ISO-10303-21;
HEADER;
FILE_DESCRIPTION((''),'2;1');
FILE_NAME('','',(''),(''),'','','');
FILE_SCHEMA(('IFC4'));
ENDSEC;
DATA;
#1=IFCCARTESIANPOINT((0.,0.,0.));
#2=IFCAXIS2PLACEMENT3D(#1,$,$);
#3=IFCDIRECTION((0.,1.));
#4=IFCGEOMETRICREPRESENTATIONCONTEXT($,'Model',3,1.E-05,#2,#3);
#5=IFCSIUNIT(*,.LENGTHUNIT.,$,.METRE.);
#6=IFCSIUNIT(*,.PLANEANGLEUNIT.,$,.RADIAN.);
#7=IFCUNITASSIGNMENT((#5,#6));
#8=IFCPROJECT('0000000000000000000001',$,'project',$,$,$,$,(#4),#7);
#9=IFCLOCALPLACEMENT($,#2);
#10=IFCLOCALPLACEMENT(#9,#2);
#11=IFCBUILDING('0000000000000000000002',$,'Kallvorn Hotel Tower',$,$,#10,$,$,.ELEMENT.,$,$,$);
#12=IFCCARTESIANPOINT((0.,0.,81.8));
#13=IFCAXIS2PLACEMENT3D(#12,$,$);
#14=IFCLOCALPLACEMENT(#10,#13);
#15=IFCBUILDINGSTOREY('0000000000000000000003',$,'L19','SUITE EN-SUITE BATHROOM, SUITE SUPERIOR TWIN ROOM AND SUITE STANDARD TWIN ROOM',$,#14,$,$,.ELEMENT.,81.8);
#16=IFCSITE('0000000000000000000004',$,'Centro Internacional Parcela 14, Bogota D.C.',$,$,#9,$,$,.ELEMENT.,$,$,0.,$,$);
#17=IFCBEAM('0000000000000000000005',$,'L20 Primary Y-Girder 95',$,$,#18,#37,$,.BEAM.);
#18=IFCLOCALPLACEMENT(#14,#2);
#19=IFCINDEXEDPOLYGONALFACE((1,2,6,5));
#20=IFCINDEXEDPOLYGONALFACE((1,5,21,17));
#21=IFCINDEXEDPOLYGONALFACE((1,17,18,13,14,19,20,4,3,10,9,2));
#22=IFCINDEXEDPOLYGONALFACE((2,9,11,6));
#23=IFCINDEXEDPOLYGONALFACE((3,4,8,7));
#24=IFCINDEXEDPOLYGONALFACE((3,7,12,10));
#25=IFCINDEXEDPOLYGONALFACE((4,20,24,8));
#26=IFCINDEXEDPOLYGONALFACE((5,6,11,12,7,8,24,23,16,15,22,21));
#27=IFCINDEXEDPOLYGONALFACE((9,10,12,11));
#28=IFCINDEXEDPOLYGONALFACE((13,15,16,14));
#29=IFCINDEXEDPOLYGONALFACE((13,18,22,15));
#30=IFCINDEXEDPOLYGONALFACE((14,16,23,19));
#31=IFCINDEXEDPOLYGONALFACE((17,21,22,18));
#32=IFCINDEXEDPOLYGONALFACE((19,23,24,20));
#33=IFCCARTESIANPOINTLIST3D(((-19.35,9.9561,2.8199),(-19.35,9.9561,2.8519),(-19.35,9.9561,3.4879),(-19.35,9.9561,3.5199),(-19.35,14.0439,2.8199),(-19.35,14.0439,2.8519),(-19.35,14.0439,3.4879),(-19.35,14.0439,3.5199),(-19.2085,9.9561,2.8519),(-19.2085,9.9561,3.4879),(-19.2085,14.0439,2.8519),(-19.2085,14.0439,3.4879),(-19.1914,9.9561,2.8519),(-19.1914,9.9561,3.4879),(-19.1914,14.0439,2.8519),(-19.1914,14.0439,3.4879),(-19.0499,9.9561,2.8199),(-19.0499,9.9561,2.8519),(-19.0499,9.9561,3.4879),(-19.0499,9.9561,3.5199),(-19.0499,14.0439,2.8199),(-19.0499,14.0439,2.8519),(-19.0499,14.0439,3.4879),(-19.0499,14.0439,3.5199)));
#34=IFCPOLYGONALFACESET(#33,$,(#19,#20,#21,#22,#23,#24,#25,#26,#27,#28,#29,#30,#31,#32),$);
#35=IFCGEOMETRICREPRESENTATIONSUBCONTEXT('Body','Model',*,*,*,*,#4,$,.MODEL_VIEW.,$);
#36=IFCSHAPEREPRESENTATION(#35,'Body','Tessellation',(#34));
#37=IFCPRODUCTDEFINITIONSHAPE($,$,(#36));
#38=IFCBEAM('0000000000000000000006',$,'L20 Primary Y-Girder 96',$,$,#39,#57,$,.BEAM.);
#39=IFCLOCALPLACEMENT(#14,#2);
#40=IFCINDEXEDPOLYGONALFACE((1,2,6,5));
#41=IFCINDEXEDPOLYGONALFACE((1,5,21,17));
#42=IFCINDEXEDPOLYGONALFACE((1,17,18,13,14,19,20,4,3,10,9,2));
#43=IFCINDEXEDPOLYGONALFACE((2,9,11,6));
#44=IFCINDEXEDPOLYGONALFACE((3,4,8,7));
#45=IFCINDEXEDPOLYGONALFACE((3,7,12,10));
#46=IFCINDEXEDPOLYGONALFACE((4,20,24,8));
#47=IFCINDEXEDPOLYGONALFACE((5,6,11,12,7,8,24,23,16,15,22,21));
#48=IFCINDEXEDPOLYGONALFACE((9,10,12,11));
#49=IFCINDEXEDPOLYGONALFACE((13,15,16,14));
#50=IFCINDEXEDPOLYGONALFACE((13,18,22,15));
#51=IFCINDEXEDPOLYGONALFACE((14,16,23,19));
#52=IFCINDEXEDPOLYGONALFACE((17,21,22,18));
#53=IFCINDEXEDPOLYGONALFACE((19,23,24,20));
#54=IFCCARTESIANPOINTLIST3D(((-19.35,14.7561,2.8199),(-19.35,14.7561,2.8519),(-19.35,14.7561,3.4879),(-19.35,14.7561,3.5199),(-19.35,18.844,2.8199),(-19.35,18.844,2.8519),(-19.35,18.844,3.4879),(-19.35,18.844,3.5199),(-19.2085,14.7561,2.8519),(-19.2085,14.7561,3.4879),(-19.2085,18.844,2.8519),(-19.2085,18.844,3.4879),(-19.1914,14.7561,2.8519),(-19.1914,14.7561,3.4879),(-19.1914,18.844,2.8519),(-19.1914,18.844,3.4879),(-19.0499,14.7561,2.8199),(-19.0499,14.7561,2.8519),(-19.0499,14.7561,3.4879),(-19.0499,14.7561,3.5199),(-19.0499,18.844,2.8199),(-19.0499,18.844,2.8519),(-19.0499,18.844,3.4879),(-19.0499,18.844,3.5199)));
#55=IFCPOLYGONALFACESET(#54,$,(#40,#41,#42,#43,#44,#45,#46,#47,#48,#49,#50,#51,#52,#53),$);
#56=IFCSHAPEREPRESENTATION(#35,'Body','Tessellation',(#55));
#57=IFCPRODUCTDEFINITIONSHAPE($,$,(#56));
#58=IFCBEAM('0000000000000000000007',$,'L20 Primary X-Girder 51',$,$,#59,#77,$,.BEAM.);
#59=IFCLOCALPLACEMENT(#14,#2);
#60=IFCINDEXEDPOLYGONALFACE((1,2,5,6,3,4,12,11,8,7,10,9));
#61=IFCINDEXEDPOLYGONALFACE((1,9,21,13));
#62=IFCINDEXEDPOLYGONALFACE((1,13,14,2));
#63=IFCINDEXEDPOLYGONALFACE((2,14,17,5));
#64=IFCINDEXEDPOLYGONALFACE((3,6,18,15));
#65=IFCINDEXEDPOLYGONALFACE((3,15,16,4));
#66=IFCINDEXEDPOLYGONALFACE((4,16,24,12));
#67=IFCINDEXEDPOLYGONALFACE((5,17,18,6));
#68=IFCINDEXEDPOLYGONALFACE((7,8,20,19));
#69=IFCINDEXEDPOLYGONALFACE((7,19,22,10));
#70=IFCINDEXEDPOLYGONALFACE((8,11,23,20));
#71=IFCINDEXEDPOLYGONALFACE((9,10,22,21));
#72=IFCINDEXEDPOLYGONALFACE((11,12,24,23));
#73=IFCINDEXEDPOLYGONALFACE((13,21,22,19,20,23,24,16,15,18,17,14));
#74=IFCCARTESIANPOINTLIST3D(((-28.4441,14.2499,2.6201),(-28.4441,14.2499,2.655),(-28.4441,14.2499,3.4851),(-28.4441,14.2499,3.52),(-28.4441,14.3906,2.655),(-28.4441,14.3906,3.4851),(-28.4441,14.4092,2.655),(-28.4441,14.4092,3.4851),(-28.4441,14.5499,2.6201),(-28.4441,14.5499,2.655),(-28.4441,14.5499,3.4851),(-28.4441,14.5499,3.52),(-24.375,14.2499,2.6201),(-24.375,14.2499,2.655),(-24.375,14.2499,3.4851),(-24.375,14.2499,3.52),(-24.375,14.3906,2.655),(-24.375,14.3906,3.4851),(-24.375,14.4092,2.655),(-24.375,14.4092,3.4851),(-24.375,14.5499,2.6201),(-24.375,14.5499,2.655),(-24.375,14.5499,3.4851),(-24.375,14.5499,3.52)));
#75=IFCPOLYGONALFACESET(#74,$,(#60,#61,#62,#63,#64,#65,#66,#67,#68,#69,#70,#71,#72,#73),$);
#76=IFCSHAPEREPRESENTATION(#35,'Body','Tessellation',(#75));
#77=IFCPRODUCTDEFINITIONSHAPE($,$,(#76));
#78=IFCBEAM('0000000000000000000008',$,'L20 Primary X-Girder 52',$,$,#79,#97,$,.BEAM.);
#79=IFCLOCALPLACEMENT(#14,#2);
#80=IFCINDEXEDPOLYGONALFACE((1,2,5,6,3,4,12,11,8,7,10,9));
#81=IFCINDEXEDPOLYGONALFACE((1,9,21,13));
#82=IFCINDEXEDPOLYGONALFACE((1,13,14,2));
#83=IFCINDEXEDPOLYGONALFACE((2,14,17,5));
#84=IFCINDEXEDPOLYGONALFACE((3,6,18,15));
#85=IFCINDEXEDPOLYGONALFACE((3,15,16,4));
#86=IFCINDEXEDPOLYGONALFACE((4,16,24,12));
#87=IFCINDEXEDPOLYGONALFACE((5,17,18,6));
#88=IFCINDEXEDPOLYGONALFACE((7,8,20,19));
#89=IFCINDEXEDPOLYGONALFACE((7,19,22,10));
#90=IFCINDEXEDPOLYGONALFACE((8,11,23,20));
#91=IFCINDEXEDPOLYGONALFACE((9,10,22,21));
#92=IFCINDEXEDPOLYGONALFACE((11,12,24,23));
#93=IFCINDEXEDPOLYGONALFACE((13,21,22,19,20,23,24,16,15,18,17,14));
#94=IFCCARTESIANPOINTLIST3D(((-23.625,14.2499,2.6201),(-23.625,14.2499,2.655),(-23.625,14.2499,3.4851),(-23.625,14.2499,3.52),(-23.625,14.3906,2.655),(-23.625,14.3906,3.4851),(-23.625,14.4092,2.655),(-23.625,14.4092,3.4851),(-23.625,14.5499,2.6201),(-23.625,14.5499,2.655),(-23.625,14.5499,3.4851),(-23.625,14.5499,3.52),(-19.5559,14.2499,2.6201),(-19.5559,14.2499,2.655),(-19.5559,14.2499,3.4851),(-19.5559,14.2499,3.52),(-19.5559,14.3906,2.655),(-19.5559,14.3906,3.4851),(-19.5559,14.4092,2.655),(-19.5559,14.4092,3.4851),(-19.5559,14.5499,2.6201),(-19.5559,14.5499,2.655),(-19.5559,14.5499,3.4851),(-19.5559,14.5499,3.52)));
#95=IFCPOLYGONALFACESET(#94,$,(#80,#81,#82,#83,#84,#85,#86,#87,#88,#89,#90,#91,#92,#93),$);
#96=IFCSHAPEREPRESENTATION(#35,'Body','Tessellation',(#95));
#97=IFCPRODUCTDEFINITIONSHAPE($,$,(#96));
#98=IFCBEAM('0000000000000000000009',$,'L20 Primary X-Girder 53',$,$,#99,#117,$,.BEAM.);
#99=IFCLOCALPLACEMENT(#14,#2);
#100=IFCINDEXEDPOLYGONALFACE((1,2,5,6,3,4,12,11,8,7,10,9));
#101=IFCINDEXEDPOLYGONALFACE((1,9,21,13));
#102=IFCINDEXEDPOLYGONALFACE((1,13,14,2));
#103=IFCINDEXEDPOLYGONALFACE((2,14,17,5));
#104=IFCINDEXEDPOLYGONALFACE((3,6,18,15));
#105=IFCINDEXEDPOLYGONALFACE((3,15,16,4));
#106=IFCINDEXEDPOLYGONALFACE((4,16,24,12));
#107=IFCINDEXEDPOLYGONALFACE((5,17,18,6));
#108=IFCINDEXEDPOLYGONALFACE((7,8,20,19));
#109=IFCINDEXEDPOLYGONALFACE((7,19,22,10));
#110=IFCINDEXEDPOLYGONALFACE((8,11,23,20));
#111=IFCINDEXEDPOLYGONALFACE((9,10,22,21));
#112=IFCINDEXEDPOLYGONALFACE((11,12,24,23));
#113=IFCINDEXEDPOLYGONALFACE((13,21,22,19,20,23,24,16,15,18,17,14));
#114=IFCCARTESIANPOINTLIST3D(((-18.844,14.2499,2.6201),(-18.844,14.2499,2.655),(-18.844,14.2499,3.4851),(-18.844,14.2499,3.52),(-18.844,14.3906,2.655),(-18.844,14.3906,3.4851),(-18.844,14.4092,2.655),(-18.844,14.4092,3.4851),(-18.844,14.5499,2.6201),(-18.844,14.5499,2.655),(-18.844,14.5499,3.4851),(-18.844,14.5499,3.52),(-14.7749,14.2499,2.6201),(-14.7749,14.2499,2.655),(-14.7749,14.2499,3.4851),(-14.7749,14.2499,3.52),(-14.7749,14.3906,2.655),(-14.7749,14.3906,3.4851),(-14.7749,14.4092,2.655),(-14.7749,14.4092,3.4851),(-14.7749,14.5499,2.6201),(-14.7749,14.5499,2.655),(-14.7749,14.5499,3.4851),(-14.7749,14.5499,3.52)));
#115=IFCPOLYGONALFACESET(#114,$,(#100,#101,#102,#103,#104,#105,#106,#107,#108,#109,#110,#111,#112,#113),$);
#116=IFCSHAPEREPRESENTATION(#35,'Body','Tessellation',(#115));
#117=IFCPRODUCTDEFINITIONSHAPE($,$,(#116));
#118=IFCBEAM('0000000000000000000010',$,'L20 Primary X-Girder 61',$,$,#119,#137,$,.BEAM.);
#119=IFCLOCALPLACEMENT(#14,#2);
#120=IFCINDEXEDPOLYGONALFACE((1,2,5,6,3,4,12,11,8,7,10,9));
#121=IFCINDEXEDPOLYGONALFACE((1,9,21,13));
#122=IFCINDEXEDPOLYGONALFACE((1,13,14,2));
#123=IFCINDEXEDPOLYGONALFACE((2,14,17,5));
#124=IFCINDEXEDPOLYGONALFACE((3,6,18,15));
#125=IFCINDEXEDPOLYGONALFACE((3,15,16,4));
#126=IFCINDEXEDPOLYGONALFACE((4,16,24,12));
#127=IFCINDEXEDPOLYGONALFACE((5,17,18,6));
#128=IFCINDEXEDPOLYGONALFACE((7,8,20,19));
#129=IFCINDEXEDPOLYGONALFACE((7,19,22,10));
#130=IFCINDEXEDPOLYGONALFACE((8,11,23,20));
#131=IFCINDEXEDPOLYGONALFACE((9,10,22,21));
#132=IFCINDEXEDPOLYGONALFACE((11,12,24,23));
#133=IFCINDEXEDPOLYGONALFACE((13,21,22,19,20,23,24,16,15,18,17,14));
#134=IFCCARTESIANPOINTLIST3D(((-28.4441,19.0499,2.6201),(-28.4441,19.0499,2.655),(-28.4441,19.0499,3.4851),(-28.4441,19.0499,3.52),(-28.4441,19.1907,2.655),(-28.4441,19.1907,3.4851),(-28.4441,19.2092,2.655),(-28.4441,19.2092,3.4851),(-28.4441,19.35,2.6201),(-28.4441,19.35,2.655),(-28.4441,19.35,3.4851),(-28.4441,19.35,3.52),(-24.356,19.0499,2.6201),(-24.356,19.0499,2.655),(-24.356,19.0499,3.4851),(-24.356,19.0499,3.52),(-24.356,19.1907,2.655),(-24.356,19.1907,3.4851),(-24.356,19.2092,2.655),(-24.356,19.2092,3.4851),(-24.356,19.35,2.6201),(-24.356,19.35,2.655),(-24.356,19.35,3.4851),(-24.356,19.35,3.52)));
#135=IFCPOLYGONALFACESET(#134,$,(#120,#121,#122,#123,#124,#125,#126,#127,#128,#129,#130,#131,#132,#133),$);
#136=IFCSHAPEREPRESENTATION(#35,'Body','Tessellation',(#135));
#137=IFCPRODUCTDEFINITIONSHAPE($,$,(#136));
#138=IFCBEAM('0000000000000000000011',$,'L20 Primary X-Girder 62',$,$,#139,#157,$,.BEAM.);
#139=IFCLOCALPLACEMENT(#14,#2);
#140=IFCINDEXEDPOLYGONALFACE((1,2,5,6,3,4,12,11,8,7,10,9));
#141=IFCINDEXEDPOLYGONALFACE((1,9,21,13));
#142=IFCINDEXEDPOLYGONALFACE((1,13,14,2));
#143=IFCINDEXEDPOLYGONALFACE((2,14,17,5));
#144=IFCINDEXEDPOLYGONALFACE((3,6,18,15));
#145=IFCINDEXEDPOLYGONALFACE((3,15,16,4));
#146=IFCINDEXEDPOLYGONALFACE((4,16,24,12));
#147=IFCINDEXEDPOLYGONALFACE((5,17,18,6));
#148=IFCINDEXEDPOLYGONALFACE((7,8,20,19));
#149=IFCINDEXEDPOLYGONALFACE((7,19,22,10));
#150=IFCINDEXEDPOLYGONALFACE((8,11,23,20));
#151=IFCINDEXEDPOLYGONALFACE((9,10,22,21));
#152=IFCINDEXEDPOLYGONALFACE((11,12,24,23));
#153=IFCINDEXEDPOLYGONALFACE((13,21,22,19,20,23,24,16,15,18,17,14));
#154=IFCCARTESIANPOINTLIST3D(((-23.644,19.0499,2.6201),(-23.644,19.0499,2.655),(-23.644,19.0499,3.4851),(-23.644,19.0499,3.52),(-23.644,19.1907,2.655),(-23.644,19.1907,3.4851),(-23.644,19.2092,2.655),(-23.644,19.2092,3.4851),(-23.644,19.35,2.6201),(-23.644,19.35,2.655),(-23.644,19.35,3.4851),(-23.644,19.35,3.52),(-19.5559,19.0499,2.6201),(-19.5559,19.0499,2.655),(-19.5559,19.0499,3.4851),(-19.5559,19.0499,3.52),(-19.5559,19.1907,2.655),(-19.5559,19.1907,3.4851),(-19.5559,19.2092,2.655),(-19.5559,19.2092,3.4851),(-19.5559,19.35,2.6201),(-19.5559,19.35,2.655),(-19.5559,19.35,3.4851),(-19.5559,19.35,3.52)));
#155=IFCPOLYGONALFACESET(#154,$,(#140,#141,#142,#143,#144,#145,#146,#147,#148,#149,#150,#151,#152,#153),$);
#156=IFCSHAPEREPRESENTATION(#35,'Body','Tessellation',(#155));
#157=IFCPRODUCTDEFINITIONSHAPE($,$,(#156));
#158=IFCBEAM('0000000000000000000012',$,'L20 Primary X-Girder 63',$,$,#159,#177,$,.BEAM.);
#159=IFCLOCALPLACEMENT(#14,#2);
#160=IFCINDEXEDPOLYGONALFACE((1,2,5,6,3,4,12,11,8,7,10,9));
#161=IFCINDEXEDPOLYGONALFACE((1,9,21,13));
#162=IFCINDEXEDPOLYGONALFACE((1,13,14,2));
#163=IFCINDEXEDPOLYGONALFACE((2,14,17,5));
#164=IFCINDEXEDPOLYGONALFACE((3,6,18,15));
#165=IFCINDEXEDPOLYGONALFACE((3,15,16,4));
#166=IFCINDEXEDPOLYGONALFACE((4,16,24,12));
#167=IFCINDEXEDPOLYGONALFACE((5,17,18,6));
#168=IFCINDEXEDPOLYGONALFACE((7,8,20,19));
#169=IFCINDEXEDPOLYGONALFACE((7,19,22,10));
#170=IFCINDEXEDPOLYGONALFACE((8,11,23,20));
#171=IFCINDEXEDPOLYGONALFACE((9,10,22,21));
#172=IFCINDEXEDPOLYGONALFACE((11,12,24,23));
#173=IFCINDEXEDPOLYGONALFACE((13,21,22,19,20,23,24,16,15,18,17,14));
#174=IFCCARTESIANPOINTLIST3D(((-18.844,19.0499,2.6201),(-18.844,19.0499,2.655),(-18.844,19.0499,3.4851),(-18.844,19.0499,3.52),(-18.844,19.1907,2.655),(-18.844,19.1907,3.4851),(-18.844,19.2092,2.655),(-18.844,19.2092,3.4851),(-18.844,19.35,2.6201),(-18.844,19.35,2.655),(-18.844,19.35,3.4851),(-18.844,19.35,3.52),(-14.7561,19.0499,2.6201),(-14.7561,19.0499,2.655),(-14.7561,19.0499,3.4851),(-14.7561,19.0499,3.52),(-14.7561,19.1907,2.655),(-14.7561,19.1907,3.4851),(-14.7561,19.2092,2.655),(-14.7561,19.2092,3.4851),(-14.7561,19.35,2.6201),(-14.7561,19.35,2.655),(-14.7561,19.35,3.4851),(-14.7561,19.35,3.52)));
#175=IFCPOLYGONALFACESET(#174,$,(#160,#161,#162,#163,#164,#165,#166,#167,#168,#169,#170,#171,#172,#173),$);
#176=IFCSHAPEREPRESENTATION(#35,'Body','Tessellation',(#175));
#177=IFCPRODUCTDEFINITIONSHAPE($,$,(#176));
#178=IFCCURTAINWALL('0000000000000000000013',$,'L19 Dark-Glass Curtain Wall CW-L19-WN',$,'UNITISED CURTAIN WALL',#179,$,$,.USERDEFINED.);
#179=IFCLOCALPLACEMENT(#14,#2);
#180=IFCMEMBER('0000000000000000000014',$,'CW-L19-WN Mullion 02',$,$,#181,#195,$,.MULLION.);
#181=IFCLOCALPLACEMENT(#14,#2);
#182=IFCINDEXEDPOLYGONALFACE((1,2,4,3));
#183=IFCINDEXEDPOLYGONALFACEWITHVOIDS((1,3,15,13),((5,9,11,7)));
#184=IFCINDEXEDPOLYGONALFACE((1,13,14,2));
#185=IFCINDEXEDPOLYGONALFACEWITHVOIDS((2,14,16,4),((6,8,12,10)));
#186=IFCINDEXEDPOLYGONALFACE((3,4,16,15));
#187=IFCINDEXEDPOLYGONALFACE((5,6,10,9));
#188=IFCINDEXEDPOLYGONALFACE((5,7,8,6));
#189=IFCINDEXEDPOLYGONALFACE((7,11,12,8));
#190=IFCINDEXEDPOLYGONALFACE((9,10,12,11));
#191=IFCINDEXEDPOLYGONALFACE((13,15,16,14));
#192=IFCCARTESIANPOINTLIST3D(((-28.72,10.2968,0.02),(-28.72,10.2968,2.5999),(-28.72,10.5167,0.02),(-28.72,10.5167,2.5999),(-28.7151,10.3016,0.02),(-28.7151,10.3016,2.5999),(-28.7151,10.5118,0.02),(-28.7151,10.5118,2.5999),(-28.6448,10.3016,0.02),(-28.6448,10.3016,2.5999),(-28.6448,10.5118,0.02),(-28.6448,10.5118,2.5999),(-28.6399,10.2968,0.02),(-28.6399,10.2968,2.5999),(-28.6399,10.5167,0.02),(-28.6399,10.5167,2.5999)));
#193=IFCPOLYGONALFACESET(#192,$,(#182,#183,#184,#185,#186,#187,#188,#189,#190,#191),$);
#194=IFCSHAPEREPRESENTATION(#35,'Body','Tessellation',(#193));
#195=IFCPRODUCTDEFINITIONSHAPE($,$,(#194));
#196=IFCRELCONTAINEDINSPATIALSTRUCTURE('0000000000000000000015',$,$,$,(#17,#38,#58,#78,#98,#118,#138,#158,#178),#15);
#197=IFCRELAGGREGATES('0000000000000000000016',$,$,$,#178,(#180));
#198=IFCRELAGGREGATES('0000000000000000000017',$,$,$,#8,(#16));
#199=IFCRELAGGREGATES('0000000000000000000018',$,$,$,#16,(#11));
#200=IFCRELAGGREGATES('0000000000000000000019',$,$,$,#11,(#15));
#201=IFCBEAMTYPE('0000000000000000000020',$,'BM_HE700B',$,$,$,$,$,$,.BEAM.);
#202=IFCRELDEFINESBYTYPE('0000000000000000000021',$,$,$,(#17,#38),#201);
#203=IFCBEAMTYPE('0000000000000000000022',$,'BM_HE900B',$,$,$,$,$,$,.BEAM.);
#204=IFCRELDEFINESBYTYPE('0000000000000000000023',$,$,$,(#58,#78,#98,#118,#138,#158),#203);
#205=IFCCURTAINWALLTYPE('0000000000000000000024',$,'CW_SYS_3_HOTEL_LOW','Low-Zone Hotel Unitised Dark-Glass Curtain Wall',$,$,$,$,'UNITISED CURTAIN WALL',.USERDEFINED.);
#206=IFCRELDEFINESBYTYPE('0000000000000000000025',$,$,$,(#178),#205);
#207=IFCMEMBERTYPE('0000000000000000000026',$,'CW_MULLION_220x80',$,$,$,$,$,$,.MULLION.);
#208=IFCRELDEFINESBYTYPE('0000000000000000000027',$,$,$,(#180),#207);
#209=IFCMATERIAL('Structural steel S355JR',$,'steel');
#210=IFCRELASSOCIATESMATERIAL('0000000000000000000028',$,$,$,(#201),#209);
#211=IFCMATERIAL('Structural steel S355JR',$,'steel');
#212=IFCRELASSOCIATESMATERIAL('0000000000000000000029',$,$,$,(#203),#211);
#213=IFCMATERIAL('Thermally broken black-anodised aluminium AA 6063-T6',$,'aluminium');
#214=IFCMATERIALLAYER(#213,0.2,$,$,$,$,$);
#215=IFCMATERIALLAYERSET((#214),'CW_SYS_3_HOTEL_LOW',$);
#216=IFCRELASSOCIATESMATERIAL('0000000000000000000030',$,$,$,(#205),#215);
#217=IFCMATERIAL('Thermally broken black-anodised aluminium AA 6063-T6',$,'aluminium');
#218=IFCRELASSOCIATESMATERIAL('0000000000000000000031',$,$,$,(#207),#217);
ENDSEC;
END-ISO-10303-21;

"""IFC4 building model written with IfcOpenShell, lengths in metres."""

from ifc_helpers import new_model, si_unit, direction, frame, origin, origin_2d, place, context, subcontext, project, spatial, hollow_rectangle, i_section, extrude, material, layer, layer_set, material_profile, profile_set, type_object, element, aggregate, save


model = new_model("IFC4")

# Units and contexts
model_context = context("Model", 3, precision=1e-05, world=origin(), true_north=direction((0.0, 1.0)))
body_context = subcontext(model_context, "Body", "Model", "MODEL_VIEW")
ifc_project = project(units=[si_unit("LENGTHUNIT", "METRE"), si_unit("PLANEANGLEUNIT", "RADIAN")], contexts=[model_context])

# Site, building, storey
site_placement = place(None, origin())
site = spatial("IfcSite", under=ifc_project, at=site_placement, Name="Centro Internacional Parcela 14, Bogota D.C.", CompositionType="ELEMENT", RefElevation=0.0)
building_placement = place(site_placement, origin())
building = spatial("IfcBuilding", under=site, at=building_placement, Name="Kallvorn Hotel Tower", CompositionType="ELEMENT")
storey_placement = place(building_placement, frame((0.0, 0.0, 81.8)))
storey = spatial("IfcBuildingStorey", under=building, at=storey_placement, Name="L19", Description="SUITE EN-SUITE BATHROOM, SUITE SUPERIOR TWIN ROOM AND SUITE STANDARD TWIN ROOM", CompositionType="ELEMENT", Elevation=81.8)

# Beams
ifc_material_1 = material(Name="Structural steel S355JR", Category="steel")
ifc_material_profile_1 = material_profile(ifc_material_1, i_section(OverallWidth=0.3, OverallDepth=0.7, WebThickness=0.0171, FlangeThickness=0.032, at=origin_2d()), Name="HE 700 B")
ifc_profile_set_1 = profile_set([ifc_material_profile_1], Name="Structural steel S355JR")
beam_type_1 = type_object("IfcBeamType", Name="BM_HE700B", PredefinedType="BEAM", material=ifc_profile_set_1)
for number, where, z_axis, x_axis, name in (
    (1, (-19.2, 9.9561, 3.1699), (0.0, 1.0, 0.0), (-1.0, 0.0, 0.0), "L20 Primary Y-Girder 95"),
    (2, (-19.2, 14.7561, 3.1699), (0.0, 1.0, 0.0), (-1.0, 0.0, 0.0), "L20 Primary Y-Girder 96"),
):
    element("IfcBeam", number, at=place(storey_placement, frame(where, z_axis=z_axis, x_axis=x_axis)), inside=storey, type_object=beam_type_1, Name=name, PredefinedType="BEAM", context=body_context, shape_type="SweptSolid", body=[
        extrude(i_section(OverallWidth=0.3, OverallDepth=0.7, WebThickness=0.0171, FlangeThickness=0.032, at=origin_2d()), origin(), (0.0, 0.0, 1.0), 4.0879),
    ])
ifc_material_2 = material(Name="Structural steel S355JR", Category="steel")
ifc_material_profile_2 = material_profile(ifc_material_2, i_section(OverallWidth=0.3, OverallDepth=0.8999, WebThickness=0.0186, FlangeThickness=0.0349, at=origin_2d()), Name="HE 900 B")
ifc_profile_set_2 = profile_set([ifc_material_profile_2], Name="Structural steel S355JR")
beam_type_2 = type_object("IfcBeamType", Name="BM_HE900B", PredefinedType="BEAM", material=ifc_profile_set_2)
for number, where, z_axis, x_axis, name in (
    (3, (-28.4441, 14.3999, 3.0701), (1.0, 0.0, 0.0), (0.0, 1.0, 0.0), "L20 Primary X-Girder 51"),
    (4, (-23.625, 14.3999, 3.0701), (1.0, 0.0, 0.0), (0.0, 1.0, 0.0), "L20 Primary X-Girder 52"),
    (5, (-18.844, 14.3999, 3.0701), (1.0, 0.0, 0.0), (0.0, 1.0, 0.0), "L20 Primary X-Girder 53"),
):
    element("IfcBeam", number, at=place(storey_placement, frame(where, z_axis=z_axis, x_axis=x_axis)), inside=storey, type_object=beam_type_2, Name=name, PredefinedType="BEAM", context=body_context, shape_type="SweptSolid", body=[
        extrude(i_section(OverallWidth=0.3, OverallDepth=0.8999, WebThickness=0.0186, FlangeThickness=0.0349, at=origin_2d()), origin(), (0.0, 0.0, 1.0), 4.0691),
    ])
for number, where, z_axis, x_axis, name in (
    (6, (-28.4441, 19.2, 3.0701), (1.0, 0.0, 0.0), (0.0, 1.0, 0.0), "L20 Primary X-Girder 61"),
    (7, (-23.644, 19.2, 3.0701), (1.0, 0.0, 0.0), (0.0, 1.0, 0.0), "L20 Primary X-Girder 62"),
):
    element("IfcBeam", number, at=place(storey_placement, frame(where, z_axis=z_axis, x_axis=x_axis)), inside=storey, type_object=beam_type_2, Name=name, PredefinedType="BEAM", context=body_context, shape_type="SweptSolid", body=[
        extrude(i_section(OverallWidth=0.3, OverallDepth=0.8999, WebThickness=0.0186, FlangeThickness=0.0349, at=origin_2d()), origin(), (0.0, 0.0, 1.0), 4.0881),
    ])
beam_1_placement = place(storey_placement, frame((-18.844, 19.2, 3.0701), z_axis=(1.0, 0.0, 0.0), x_axis=(0.0, 1.0, 0.0)))
element("IfcBeam", 8, at=beam_1_placement, inside=storey, type_object=beam_type_2, Name="L20 Primary X-Girder 63", PredefinedType="BEAM", context=body_context, shape_type="SweptSolid", body=[
    extrude(i_section(OverallWidth=0.3, OverallDepth=0.8999, WebThickness=0.0186, FlangeThickness=0.0349, at=origin_2d()), origin(), (0.0, 0.0, 1.0), 4.0879),
])

# Curtain wall, member
ifc_material_3 = material(Name="Thermally broken black-anodised aluminium AA 6063-T6", Category="aluminium")
ifc_layer_1 = layer(ifc_material_3, 0.2)
ifc_layer_set_1 = layer_set([ifc_layer_1], Name="CW_SYS_3_HOTEL_LOW")
curtain_wall_type = type_object("IfcCurtainWallType", Name="CW_SYS_3_HOTEL_LOW", Description="Low-Zone Hotel Unitised Dark-Glass Curtain Wall", ElementType="UNITISED CURTAIN WALL", PredefinedType="USERDEFINED", material=ifc_layer_set_1)
curtain_wall_placement = place(storey_placement, origin())
curtain_wall = element("IfcCurtainWall", 9, at=curtain_wall_placement, inside=storey, type_object=curtain_wall_type, Name="L19 Dark-Glass Curtain Wall CW-L19-WN", ObjectType="UNITISED CURTAIN WALL", PredefinedType="USERDEFINED")
ifc_material_4 = material(Name="Thermally broken black-anodised aluminium AA 6063-T6", Category="aluminium")
ifc_material_profile_3 = material_profile(ifc_material_4, hollow_rectangle(XDim=0.0801, YDim=0.22, WallThickness=0.0049, at=origin_2d()), Name="MUL 220x80")
ifc_profile_set_3 = profile_set([ifc_material_profile_3], Name="Thermally broken black-anodised aluminium AA 6063-T6")
member_type_1 = type_object("IfcMemberType", Name="CW_MULLION_220x80", PredefinedType="MULLION", material=ifc_profile_set_3)
member_1_placement = place(storey_placement, frame((-28.6799, 10.4067, 0.02), z_axis=(0.0, 0.0, 1.0), x_axis=(1.0, 0.0, 0.0)))
member_1 = element("IfcMember", 10, at=member_1_placement, type_object=member_type_1, Name="CW-L19-WN Mullion 02", PredefinedType="MULLION", context=body_context, shape_type="SweptSolid", body=[
    extrude(hollow_rectangle(XDim=0.0801, YDim=0.22, WallThickness=0.0049, at=origin_2d()), origin(), (0.0, 0.0, 1.0), 2.5798),
])

aggregate(curtain_wall, [member_1])

save(model, "model.ifc")
